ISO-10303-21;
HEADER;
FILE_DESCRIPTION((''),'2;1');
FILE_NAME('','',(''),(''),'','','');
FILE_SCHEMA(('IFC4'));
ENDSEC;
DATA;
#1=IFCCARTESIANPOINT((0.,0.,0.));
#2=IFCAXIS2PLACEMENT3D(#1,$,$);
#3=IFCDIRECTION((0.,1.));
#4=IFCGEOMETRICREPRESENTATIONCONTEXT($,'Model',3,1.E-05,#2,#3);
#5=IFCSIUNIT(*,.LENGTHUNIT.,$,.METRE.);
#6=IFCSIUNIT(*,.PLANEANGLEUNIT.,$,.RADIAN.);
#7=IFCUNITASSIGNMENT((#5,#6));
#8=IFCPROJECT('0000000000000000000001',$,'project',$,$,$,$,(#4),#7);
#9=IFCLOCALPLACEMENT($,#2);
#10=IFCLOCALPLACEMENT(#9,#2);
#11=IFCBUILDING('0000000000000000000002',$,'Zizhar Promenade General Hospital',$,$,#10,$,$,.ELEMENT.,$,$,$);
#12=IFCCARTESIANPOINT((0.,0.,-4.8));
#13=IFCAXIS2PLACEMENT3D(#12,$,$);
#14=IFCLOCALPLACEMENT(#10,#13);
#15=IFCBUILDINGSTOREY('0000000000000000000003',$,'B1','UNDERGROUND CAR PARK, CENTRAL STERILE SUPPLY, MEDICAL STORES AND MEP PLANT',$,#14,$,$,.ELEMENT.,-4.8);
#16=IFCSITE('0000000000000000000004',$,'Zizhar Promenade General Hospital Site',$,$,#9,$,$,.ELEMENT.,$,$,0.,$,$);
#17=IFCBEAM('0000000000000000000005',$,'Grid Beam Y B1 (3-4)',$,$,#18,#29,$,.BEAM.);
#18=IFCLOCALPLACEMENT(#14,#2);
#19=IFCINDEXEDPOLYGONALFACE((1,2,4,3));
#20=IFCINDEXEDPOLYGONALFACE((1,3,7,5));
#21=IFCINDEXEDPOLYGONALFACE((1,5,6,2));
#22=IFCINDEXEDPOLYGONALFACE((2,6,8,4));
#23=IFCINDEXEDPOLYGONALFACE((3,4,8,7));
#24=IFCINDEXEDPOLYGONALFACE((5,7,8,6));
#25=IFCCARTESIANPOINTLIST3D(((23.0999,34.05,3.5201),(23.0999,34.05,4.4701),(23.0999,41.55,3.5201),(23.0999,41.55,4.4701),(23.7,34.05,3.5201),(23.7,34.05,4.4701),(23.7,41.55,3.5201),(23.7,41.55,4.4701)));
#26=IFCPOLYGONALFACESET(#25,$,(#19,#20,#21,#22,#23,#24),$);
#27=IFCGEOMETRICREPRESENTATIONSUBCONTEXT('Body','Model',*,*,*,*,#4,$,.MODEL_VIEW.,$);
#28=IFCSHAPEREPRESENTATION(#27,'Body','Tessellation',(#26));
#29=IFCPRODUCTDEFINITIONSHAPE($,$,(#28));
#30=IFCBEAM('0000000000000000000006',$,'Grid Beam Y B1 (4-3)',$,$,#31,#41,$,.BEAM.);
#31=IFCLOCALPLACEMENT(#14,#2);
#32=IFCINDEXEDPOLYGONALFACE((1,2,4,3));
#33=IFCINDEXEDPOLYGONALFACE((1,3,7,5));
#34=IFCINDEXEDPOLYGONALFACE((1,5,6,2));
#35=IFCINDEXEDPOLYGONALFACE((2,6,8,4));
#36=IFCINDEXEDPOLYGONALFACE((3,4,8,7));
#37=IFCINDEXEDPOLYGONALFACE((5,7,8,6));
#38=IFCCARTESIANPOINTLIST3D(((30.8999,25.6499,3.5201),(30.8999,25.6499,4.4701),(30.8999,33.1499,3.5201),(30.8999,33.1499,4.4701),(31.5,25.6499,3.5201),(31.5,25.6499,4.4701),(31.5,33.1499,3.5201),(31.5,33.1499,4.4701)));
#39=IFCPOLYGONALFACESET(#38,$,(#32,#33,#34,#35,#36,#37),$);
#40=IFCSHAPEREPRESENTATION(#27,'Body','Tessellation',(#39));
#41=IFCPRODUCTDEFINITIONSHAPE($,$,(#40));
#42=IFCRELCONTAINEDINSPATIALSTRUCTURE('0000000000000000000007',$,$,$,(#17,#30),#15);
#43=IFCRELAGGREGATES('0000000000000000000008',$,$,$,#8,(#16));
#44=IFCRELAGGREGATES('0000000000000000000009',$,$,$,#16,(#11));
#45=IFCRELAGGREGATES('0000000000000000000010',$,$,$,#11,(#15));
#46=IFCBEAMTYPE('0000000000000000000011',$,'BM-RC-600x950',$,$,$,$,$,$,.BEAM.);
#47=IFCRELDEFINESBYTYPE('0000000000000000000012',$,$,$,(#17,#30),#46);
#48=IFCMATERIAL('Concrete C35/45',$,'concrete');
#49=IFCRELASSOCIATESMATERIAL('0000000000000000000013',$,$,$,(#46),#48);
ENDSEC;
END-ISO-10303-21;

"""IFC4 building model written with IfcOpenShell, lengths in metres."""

from ifc_helpers import new_model, si_unit, direction, frame, origin, origin_2d, place, context, subcontext, project, spatial, rectangle, extrude, material, material_profile, profile_set, type_object, element, save


model = new_model("IFC4")

# Units and contexts
model_context = context("Model", 3, precision=1e-05, world=origin(), true_north=direction((0.0, 1.0)))
body_context = subcontext(model_context, "Body", "Model", "MODEL_VIEW")
ifc_project = project(units=[si_unit("LENGTHUNIT", "METRE"), si_unit("PLANEANGLEUNIT", "RADIAN")], contexts=[model_context])

# Site, building, storey
site_placement = place(None, origin())
site = spatial("IfcSite", under=ifc_project, at=site_placement, Name="Zizhar Promenade General Hospital Site", CompositionType="ELEMENT", RefElevation=0.0)
building_placement = place(site_placement, origin())
building = spatial("IfcBuilding", under=site, at=building_placement, Name="Zizhar Promenade General Hospital", CompositionType="ELEMENT")
storey_placement = place(building_placement, frame((0.0, 0.0, -4.8)))
storey = spatial("IfcBuildingStorey", under=building, at=storey_placement, Name="B1", Description="UNDERGROUND CAR PARK, CENTRAL STERILE SUPPLY, MEDICAL STORES AND MEP PLANT", CompositionType="ELEMENT", Elevation=-4.8)

# Beams
ifc_material_1 = material(Name="Concrete C35/45", Category="concrete")
ifc_material_profile_1 = material_profile(ifc_material_1, rectangle(XDim=0.6001, YDim=0.95, at=origin_2d()))
ifc_profile_set_1 = profile_set([ifc_material_profile_1], Name="Concrete C35/45")
beam_type_1 = type_object("IfcBeamType", Name="BM-RC-600x950", PredefinedType="BEAM", material=ifc_profile_set_1)
for number, where, z_axis, x_axis, name in (
    (1, (23.3999, 34.05, 3.9951), (0.0, 1.0, 0.0), (-1.0, 0.0, 0.0), "Grid Beam Y B1 (3-4)"),
    (2, (31.2, 25.6499, 3.9951), (0.0, 1.0, 0.0), (-1.0, 0.0, 0.0), "Grid Beam Y B1 (4-3)"),
):
    element("IfcBeam", number, at=place(storey_placement, frame(where, z_axis=z_axis, x_axis=x_axis)), inside=storey, type_object=beam_type_1, Name=name, PredefinedType="BEAM", context=body_context, shape_type="SweptSolid", body=[
        extrude(rectangle(XDim=0.6001, YDim=0.95, at=origin_2d()), origin(), (0.0, 0.0, 1.0), 7.5),
    ])

save(model, "model.ifc")
